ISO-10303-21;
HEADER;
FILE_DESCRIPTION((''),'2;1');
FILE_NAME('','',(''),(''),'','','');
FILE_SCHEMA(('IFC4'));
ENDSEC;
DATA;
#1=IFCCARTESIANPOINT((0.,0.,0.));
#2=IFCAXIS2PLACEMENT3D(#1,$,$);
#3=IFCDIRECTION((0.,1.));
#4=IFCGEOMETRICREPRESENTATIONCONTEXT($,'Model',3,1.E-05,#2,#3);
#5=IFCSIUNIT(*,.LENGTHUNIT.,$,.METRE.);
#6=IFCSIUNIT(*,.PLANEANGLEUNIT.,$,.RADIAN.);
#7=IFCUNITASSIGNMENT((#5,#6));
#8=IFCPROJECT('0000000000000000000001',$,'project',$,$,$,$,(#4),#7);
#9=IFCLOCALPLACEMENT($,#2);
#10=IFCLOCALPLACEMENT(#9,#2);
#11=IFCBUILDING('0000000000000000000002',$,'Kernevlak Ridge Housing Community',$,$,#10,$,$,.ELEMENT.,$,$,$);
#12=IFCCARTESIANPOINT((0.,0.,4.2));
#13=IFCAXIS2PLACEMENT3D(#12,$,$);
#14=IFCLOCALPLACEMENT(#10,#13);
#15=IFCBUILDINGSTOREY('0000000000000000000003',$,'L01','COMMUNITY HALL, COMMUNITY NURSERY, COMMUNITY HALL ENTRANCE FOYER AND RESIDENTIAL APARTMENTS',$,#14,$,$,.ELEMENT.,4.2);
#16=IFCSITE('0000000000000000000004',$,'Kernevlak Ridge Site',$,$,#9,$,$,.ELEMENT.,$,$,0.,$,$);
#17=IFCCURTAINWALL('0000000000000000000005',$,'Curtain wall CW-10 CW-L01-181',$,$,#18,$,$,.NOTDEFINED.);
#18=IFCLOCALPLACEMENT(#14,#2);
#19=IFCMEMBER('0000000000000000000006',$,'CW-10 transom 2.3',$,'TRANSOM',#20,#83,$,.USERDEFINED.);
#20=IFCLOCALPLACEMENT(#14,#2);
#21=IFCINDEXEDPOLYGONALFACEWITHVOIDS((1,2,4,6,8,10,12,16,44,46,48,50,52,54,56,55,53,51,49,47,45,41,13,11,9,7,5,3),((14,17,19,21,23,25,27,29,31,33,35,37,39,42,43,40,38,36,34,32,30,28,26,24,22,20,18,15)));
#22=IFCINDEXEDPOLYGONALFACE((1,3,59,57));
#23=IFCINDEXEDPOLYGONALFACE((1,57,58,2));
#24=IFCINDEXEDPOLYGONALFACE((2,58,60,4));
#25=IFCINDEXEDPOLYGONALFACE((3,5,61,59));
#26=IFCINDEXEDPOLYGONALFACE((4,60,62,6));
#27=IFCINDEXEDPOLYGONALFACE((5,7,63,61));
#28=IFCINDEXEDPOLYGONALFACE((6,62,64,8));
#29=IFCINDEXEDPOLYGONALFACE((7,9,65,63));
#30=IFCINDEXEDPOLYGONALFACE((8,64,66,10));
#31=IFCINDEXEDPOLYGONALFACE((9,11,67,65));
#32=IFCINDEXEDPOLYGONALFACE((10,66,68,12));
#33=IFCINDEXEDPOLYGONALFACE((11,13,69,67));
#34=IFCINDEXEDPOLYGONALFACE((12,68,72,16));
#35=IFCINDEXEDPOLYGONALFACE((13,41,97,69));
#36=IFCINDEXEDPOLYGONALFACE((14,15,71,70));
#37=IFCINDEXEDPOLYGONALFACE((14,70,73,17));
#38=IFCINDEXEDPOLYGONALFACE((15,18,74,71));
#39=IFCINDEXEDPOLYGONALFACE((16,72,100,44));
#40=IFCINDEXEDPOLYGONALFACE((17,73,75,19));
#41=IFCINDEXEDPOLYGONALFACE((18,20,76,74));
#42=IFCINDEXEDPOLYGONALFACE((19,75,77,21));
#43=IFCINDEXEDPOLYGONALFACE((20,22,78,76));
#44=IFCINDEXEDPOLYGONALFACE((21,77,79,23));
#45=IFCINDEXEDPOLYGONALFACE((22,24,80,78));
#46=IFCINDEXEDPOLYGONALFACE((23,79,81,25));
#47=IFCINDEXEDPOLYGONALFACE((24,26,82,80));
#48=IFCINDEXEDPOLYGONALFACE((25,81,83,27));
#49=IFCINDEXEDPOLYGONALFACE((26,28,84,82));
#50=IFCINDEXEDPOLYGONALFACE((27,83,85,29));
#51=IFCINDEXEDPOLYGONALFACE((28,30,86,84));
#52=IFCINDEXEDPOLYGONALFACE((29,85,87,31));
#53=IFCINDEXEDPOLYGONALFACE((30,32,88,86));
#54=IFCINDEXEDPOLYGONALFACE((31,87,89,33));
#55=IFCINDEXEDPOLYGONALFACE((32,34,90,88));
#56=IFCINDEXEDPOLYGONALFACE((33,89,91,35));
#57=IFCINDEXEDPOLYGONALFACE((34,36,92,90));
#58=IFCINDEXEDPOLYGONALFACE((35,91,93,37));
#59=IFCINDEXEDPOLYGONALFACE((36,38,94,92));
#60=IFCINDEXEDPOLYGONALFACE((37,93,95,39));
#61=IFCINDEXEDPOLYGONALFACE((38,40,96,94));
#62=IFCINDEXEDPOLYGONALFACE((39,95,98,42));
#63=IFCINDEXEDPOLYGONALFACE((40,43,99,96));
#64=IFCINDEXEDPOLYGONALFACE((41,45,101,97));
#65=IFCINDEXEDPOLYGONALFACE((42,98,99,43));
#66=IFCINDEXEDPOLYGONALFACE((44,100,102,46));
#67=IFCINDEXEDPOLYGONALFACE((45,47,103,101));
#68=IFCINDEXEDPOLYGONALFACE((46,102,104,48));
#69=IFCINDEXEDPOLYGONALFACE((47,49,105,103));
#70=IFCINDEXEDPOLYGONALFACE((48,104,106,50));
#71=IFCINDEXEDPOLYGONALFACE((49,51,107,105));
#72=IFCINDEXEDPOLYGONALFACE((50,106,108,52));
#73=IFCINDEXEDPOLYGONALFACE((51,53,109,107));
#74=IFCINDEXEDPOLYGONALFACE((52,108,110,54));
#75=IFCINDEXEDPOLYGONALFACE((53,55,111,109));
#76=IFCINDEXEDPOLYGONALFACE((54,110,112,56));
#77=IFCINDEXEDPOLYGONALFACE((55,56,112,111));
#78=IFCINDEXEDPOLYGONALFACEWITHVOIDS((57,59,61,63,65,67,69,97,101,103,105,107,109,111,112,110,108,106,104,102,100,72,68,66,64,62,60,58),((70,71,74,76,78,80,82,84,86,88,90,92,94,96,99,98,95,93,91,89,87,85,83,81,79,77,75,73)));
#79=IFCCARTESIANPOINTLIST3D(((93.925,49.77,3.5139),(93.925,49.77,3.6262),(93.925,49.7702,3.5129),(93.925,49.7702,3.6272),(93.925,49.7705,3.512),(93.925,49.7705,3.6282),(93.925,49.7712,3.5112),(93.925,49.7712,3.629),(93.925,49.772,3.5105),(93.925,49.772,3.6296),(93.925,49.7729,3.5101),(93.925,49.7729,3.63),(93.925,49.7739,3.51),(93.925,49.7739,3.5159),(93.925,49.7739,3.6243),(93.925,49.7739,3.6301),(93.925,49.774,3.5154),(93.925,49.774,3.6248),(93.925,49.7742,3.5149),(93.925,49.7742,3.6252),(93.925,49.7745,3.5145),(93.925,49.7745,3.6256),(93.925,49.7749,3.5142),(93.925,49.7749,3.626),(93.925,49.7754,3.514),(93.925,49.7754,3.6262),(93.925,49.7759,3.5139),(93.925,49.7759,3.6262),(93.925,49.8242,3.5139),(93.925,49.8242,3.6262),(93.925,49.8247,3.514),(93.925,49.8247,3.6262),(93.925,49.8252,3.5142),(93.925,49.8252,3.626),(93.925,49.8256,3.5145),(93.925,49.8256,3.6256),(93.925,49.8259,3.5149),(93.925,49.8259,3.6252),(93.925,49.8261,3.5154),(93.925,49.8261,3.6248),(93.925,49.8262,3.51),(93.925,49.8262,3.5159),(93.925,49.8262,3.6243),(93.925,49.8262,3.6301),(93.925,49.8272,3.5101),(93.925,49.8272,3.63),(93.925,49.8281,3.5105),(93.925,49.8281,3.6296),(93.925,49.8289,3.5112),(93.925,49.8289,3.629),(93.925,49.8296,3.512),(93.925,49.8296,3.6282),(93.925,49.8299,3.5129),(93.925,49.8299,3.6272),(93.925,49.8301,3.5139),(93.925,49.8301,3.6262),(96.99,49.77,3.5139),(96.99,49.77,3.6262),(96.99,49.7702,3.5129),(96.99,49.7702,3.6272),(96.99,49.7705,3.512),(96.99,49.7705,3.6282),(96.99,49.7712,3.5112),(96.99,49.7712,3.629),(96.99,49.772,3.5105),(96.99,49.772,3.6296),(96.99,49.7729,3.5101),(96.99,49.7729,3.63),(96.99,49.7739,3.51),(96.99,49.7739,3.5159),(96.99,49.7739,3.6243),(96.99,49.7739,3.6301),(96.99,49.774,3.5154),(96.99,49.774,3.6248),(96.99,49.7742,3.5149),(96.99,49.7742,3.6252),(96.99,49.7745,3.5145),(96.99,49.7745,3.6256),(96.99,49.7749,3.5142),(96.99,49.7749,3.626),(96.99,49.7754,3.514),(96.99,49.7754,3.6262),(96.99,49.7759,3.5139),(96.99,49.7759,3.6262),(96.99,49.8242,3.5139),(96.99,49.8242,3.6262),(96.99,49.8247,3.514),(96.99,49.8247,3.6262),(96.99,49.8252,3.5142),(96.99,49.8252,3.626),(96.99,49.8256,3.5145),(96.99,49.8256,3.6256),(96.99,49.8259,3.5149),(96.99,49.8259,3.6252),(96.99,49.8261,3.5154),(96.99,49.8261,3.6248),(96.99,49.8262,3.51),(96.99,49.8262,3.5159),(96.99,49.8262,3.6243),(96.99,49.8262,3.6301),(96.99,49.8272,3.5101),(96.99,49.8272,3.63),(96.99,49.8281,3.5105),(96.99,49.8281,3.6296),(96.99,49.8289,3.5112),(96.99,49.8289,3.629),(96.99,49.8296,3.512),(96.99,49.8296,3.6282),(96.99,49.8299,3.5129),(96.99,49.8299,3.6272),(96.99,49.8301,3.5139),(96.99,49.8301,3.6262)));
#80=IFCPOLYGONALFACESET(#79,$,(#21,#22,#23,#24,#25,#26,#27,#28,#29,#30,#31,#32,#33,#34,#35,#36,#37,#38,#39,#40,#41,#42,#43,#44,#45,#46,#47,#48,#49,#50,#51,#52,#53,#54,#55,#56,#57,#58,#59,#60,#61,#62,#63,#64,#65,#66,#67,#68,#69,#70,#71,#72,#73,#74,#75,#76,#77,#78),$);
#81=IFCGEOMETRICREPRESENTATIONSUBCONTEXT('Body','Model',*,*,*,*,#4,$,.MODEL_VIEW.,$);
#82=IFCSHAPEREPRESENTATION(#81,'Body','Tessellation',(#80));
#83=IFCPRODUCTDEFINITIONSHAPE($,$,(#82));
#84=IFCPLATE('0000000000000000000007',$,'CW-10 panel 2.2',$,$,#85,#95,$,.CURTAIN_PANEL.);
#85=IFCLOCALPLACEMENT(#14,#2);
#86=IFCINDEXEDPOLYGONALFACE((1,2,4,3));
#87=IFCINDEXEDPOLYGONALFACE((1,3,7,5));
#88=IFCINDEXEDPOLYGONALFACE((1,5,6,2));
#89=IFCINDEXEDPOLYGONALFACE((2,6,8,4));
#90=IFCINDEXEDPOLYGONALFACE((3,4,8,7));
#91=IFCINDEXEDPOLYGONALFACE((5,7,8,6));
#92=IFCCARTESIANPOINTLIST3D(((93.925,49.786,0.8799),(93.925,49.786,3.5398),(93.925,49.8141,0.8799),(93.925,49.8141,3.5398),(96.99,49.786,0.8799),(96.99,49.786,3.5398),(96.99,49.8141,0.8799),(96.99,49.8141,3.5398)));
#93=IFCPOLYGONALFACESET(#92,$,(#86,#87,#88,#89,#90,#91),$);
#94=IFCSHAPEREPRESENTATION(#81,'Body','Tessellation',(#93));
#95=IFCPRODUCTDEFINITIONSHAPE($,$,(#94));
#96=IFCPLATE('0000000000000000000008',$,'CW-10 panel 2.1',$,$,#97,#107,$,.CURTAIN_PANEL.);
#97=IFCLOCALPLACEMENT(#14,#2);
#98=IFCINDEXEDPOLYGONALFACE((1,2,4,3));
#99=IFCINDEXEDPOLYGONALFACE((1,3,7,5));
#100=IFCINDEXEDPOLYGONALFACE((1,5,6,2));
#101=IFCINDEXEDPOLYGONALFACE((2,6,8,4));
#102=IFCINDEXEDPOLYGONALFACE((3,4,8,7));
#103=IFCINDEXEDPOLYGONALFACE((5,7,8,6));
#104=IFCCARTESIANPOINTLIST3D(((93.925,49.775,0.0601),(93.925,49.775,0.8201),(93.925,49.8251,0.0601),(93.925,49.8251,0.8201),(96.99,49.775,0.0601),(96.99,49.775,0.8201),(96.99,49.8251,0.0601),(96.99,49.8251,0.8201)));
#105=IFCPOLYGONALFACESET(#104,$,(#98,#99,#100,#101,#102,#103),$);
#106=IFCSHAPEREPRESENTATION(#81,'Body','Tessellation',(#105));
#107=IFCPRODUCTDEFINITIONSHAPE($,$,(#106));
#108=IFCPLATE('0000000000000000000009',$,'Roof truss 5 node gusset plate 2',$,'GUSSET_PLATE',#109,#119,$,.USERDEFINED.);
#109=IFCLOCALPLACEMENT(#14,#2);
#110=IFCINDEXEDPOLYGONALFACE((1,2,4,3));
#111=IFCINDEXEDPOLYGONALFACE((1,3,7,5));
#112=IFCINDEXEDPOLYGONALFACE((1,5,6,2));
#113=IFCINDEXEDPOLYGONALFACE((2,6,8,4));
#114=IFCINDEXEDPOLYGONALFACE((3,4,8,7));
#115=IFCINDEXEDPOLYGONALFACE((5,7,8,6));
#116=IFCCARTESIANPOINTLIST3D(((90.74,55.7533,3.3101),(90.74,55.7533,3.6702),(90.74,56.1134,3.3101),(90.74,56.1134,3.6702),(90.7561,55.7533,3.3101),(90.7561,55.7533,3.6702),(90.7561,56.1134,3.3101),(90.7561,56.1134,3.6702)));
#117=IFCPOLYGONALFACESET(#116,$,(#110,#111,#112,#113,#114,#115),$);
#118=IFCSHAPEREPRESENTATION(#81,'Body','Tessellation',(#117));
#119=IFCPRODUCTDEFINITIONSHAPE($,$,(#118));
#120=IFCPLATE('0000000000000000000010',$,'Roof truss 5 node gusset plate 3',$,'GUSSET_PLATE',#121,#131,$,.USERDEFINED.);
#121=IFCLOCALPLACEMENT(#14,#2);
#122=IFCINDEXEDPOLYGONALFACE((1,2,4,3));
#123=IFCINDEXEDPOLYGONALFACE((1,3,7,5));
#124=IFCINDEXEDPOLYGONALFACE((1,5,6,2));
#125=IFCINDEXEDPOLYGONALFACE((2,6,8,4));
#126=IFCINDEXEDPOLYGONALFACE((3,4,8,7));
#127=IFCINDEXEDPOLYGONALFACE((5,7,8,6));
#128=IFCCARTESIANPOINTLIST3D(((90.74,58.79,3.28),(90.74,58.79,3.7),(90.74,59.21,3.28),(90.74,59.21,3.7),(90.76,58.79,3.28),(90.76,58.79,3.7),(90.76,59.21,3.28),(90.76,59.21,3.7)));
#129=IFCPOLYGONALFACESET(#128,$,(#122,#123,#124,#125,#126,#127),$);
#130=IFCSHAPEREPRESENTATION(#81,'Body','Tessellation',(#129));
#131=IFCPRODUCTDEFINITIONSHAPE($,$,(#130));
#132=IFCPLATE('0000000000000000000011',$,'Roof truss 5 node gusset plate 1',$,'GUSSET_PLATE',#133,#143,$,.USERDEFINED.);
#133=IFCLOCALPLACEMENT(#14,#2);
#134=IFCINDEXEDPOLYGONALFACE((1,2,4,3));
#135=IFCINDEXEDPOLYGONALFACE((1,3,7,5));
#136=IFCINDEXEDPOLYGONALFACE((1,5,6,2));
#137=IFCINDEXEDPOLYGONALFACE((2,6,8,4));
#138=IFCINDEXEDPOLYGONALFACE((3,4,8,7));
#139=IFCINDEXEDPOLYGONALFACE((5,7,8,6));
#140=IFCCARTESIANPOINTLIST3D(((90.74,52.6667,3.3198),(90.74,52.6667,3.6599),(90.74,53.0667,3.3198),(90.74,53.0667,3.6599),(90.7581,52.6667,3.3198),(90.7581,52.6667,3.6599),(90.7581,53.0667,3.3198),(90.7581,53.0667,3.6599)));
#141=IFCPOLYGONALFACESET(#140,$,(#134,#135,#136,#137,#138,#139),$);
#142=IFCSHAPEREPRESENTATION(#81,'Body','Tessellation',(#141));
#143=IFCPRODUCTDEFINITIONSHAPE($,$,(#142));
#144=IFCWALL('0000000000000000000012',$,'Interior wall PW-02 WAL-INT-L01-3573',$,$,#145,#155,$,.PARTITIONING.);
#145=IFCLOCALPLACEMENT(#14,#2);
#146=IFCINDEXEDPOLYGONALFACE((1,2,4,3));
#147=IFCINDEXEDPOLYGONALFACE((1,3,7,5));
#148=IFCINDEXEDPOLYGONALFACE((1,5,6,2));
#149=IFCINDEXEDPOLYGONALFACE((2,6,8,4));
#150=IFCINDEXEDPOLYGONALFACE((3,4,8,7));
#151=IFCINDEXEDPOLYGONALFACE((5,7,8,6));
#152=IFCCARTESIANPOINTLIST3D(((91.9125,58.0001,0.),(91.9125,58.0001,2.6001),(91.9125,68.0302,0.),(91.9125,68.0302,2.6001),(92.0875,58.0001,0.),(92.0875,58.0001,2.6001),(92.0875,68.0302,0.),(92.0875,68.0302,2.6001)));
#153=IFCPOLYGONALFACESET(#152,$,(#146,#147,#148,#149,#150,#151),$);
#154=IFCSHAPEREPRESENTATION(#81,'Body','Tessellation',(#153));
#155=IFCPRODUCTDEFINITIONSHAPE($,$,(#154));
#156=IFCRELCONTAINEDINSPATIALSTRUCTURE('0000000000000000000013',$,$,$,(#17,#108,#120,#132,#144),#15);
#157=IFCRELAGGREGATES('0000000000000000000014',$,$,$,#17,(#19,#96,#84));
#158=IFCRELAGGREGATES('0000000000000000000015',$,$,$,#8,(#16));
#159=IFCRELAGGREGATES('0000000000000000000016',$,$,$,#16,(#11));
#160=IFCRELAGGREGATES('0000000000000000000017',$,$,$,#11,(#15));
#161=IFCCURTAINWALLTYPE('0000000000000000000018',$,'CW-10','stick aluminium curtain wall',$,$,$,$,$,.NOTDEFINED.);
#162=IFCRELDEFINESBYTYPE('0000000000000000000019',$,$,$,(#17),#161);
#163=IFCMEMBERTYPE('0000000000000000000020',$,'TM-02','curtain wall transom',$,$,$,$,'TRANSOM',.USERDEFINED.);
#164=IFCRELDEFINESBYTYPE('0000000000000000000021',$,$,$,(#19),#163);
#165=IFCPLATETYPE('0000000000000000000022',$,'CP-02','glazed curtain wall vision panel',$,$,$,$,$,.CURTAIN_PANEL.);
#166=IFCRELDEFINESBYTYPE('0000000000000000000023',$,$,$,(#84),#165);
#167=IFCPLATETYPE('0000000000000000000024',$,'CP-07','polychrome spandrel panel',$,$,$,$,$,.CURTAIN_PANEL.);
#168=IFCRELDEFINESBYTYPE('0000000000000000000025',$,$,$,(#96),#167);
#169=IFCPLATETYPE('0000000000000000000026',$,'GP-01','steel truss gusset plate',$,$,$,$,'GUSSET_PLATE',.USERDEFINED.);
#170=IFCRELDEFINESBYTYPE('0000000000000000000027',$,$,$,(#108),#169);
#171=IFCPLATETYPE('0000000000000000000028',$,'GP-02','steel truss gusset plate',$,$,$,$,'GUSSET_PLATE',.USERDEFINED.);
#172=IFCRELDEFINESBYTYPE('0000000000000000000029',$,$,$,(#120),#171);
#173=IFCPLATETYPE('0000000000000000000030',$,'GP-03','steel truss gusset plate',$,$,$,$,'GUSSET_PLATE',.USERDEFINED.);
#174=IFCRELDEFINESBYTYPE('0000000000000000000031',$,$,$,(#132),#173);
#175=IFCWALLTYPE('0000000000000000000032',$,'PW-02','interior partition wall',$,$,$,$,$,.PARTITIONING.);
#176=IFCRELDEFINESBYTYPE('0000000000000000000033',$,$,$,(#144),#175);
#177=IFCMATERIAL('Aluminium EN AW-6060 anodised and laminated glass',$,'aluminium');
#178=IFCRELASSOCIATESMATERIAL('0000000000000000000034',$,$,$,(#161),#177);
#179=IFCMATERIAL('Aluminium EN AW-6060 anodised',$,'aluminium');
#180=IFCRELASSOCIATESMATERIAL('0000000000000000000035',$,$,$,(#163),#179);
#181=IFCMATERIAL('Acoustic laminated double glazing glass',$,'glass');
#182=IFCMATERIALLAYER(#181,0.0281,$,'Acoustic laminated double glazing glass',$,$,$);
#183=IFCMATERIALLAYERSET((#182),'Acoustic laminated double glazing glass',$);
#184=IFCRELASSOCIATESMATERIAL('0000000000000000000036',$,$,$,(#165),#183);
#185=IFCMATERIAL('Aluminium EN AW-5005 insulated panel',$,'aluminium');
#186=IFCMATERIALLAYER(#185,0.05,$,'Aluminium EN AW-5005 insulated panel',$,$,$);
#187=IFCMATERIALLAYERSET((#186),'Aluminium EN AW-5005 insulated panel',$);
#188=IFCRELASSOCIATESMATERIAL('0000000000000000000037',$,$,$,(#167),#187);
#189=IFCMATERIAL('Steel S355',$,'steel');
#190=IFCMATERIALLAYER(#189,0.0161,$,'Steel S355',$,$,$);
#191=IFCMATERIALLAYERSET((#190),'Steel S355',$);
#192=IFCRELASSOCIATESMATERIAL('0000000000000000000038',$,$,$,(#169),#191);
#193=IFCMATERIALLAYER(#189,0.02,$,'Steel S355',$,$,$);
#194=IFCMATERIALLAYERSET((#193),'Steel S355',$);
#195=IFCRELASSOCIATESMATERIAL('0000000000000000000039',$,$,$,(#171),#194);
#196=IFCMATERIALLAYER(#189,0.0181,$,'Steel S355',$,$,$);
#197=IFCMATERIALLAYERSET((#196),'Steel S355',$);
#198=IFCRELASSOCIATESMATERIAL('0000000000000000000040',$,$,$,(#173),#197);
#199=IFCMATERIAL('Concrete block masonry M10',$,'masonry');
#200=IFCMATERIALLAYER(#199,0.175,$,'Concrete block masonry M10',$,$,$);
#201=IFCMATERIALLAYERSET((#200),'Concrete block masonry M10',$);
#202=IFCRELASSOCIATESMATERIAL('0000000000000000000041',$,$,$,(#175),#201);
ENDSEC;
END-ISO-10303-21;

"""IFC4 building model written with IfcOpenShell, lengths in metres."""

from ifc_helpers import new_model, si_unit, direction, frame, frame_2d, origin, origin_2d, place, context, subcontext, project, spatial, rectangle, hollow_rectangle, extrude, material, layer, layer_set, material_profile, profile_set, type_object, element, aggregate, save


model = new_model("IFC4")

# Units and contexts
model_context = context("Model", 3, precision=1e-05, world=origin(), true_north=direction((0.0, 1.0)))
body_context = subcontext(model_context, "Body", "Model", "MODEL_VIEW")
ifc_project = project(units=[si_unit("LENGTHUNIT", "METRE"), si_unit("PLANEANGLEUNIT", "RADIAN")], contexts=[model_context])

# Site, building, storey
site_placement = place(None, origin())
site = spatial("IfcSite", under=ifc_project, at=site_placement, Name="Kernevlak Ridge Site", CompositionType="ELEMENT", RefElevation=0.0)
building_placement = place(site_placement, origin())
building = spatial("IfcBuilding", under=site, at=building_placement, Name="Kernevlak Ridge Housing Community", CompositionType="ELEMENT")
storey_placement = place(building_placement, frame((0.0, 0.0, 4.2)))
storey = spatial("IfcBuildingStorey", under=building, at=storey_placement, Name="L01", Description="COMMUNITY HALL, COMMUNITY NURSERY, COMMUNITY HALL ENTRANCE FOYER AND RESIDENTIAL APARTMENTS", CompositionType="ELEMENT", Elevation=4.2)

# Shared definitions
ifc_material_1 = material(Name="Steel S355", Category="steel")

# Curtain wall
ifc_material_2 = material(Name="Aluminium EN AW-6060 anodised and laminated glass", Category="aluminium")
curtain_wall_type = type_object("IfcCurtainWallType", Name="CW-10", Description="stick aluminium curtain wall", PredefinedType="NOTDEFINED", material=ifc_material_2)
curtain_wall_placement = place(storey_placement, origin())
curtain_wall = element("IfcCurtainWall", 1, at=curtain_wall_placement, inside=storey, type_object=curtain_wall_type, Name="Curtain wall CW-10 CW-L01-181", PredefinedType="NOTDEFINED")
ifc_material_3 = material(Name="Aluminium EN AW-6060 anodised", Category="aluminium")

# Member
ifc_material_profile_1 = material_profile(ifc_material_3, hollow_rectangle(XDim=0.0601, YDim=0.1201, WallThickness=0.0039, InnerFilletRadius=0.002, OuterFilletRadius=0.0039, at=origin_2d()), Name="ALU 60x120x4")
ifc_profile_set_1 = profile_set([ifc_material_profile_1], Name="Aluminium EN AW-6060 anodised")
member_type_1 = type_object("IfcMemberType", Name="TM-02", Description="curtain wall transom", ElementType="TRANSOM", PredefinedType="USERDEFINED", material=ifc_profile_set_1)
member_1_placement = place(storey_placement, frame((93.925, 49.8, 3.5701), z_axis=(1.0, 0.0, 0.0), x_axis=(0.0, 1.0, 0.0)))
member_1 = element("IfcMember", 2, at=member_1_placement, type_object=member_type_1, Name="CW-10 transom 2.3", ObjectType="TRANSOM", PredefinedType="USERDEFINED", context=body_context, shape_type="SweptSolid", body=[
    extrude(hollow_rectangle(XDim=0.0601, YDim=0.1201, WallThickness=0.0039, InnerFilletRadius=0.002, OuterFilletRadius=0.0039, at=origin_2d()), origin(), (0.0, 0.0, 1.0), 3.0649),
])

# Plates
ifc_material_4 = material(Name="Acoustic laminated double glazing glass", Category="glass")
ifc_layer_1 = layer(ifc_material_4, 0.0281, Name="Acoustic laminated double glazing glass")
ifc_layer_set_1 = layer_set([ifc_layer_1], Name="Acoustic laminated double glazing glass")
plate_type_1 = type_object("IfcPlateType", Name="CP-02", Description="glazed curtain wall vision panel", PredefinedType="CURTAIN_PANEL", material=ifc_layer_set_1)
plate_1_placement = place(storey_placement, frame((95.4575, 49.8, 0.8799), z_axis=(0.0, 0.0, 1.0), x_axis=(1.0, 0.0, 0.0)))
plate_1 = element("IfcPlate", 3, at=plate_1_placement, type_object=plate_type_1, Name="CW-10 panel 2.2", PredefinedType="CURTAIN_PANEL", context=body_context, shape_type="SweptSolid", body=[
    extrude(rectangle(XDim=3.0649, YDim=0.0281, at=origin_2d()), origin(), (0.0, 0.0, 1.0), 2.6599),
])
ifc_material_5 = material(Name="Aluminium EN AW-5005 insulated panel", Category="aluminium")
ifc_layer_2 = layer(ifc_material_5, 0.05, Name="Aluminium EN AW-5005 insulated panel")
ifc_layer_set_2 = layer_set([ifc_layer_2], Name="Aluminium EN AW-5005 insulated panel")
plate_type_2 = type_object("IfcPlateType", Name="CP-07", Description="polychrome spandrel panel", PredefinedType="CURTAIN_PANEL", material=ifc_layer_set_2)
plate_2_placement = place(storey_placement, frame((95.4575, 49.8, 0.0601), z_axis=(0.0, 0.0, 1.0), x_axis=(1.0, 0.0, 0.0)))
plate_2 = element("IfcPlate", 4, at=plate_2_placement, type_object=plate_type_2, Name="CW-10 panel 2.1", PredefinedType="CURTAIN_PANEL", context=body_context, shape_type="SweptSolid", body=[
    extrude(rectangle(XDim=3.0649, YDim=0.05, at=origin_2d()), origin(), (0.0, 0.0, 1.0), 0.76),
])
aggregate(curtain_wall, [member_1, plate_2, plate_1])

# Plates
ifc_layer_3 = layer(ifc_material_1, 0.0161, Name="Steel S355")
ifc_layer_set_3 = layer_set([ifc_layer_3], Name="Steel S355")
plate_type_3 = type_object("IfcPlateType", Name="GP-01", Description="steel truss gusset plate", ElementType="GUSSET_PLATE", PredefinedType="USERDEFINED", material=ifc_layer_set_3)
plate_3_placement = place(storey_placement, frame((90.748, 55.9333, 3.3101), z_axis=(0.0, 0.0, 1.0), x_axis=(1.0, 0.0, 0.0)))
element("IfcPlate", 5, at=plate_3_placement, inside=storey, type_object=plate_type_3, Name="Roof truss 5 node gusset plate 2", ObjectType="GUSSET_PLATE", PredefinedType="USERDEFINED", context=body_context, shape_type="SweptSolid", body=[
    extrude(rectangle(XDim=0.0161, YDim=0.3601, at=origin_2d()), origin(), (0.0, 0.0, 1.0), 0.3601),
])
ifc_layer_4 = layer(ifc_material_1, 0.02, Name="Steel S355")
ifc_layer_set_4 = layer_set([ifc_layer_4], Name="Steel S355")
plate_type_4 = type_object("IfcPlateType", Name="GP-02", Description="steel truss gusset plate", ElementType="GUSSET_PLATE", PredefinedType="USERDEFINED", material=ifc_layer_set_4)
plate_4_placement = place(storey_placement, frame((90.75, 59.0, 3.28), z_axis=(0.0, 0.0, 1.0), x_axis=(1.0, 0.0, 0.0)))
element("IfcPlate", 6, at=plate_4_placement, inside=storey, type_object=plate_type_4, Name="Roof truss 5 node gusset plate 3", ObjectType="GUSSET_PLATE", PredefinedType="USERDEFINED", context=body_context, shape_type="SweptSolid", body=[
    extrude(rectangle(XDim=0.02, YDim=0.4199, at=origin_2d()), origin(), (0.0, 0.0, 1.0), 0.4199),
])
ifc_layer_5 = layer(ifc_material_1, 0.0181, Name="Steel S355")
ifc_layer_set_5 = layer_set([ifc_layer_5], Name="Steel S355")
plate_type_5 = type_object("IfcPlateType", Name="GP-03", Description="steel truss gusset plate", ElementType="GUSSET_PLATE", PredefinedType="USERDEFINED", material=ifc_layer_set_5)
plate_5_placement = place(storey_placement, frame((90.749, 52.8667, 3.3198), z_axis=(0.0, 0.0, 1.0), x_axis=(1.0, 0.0, 0.0)))
element("IfcPlate", 7, at=plate_5_placement, inside=storey, type_object=plate_type_5, Name="Roof truss 5 node gusset plate 1", ObjectType="GUSSET_PLATE", PredefinedType="USERDEFINED", context=body_context, shape_type="SweptSolid", body=[
    extrude(rectangle(XDim=0.0181, YDim=0.3999, at=origin_2d()), origin(), (0.0, 0.0, 1.0), 0.3401),
])

# Wall
ifc_material_6 = material(Name="Concrete block masonry M10", Category="masonry")
ifc_layer_6 = layer(ifc_material_6, 0.175, Name="Concrete block masonry M10")
ifc_layer_set_6 = layer_set([ifc_layer_6], Name="Concrete block masonry M10")
wall_type_1 = type_object("IfcWallType", Name="PW-02", Description="interior partition wall", PredefinedType="PARTITIONING", material=ifc_layer_set_6)
wall_1_placement = place(storey_placement, frame((92.0, 58.0, 0.0), z_axis=(0.0, 0.0, 1.0), x_axis=(0.0, 1.0, 0.0)))
element("IfcWall", 8, at=wall_1_placement, inside=storey, type_object=wall_type_1, Name="Interior wall PW-02 WAL-INT-L01-3573", PredefinedType="PARTITIONING", context=body_context, shape_type="SweptSolid", body=[
    extrude(rectangle(XDim=10.03, YDim=0.175, at=frame_2d((5.0151, 0.0))), origin(), (0.0, 0.0, 1.0), 2.6001),
])

save(model, "model.ifc")
